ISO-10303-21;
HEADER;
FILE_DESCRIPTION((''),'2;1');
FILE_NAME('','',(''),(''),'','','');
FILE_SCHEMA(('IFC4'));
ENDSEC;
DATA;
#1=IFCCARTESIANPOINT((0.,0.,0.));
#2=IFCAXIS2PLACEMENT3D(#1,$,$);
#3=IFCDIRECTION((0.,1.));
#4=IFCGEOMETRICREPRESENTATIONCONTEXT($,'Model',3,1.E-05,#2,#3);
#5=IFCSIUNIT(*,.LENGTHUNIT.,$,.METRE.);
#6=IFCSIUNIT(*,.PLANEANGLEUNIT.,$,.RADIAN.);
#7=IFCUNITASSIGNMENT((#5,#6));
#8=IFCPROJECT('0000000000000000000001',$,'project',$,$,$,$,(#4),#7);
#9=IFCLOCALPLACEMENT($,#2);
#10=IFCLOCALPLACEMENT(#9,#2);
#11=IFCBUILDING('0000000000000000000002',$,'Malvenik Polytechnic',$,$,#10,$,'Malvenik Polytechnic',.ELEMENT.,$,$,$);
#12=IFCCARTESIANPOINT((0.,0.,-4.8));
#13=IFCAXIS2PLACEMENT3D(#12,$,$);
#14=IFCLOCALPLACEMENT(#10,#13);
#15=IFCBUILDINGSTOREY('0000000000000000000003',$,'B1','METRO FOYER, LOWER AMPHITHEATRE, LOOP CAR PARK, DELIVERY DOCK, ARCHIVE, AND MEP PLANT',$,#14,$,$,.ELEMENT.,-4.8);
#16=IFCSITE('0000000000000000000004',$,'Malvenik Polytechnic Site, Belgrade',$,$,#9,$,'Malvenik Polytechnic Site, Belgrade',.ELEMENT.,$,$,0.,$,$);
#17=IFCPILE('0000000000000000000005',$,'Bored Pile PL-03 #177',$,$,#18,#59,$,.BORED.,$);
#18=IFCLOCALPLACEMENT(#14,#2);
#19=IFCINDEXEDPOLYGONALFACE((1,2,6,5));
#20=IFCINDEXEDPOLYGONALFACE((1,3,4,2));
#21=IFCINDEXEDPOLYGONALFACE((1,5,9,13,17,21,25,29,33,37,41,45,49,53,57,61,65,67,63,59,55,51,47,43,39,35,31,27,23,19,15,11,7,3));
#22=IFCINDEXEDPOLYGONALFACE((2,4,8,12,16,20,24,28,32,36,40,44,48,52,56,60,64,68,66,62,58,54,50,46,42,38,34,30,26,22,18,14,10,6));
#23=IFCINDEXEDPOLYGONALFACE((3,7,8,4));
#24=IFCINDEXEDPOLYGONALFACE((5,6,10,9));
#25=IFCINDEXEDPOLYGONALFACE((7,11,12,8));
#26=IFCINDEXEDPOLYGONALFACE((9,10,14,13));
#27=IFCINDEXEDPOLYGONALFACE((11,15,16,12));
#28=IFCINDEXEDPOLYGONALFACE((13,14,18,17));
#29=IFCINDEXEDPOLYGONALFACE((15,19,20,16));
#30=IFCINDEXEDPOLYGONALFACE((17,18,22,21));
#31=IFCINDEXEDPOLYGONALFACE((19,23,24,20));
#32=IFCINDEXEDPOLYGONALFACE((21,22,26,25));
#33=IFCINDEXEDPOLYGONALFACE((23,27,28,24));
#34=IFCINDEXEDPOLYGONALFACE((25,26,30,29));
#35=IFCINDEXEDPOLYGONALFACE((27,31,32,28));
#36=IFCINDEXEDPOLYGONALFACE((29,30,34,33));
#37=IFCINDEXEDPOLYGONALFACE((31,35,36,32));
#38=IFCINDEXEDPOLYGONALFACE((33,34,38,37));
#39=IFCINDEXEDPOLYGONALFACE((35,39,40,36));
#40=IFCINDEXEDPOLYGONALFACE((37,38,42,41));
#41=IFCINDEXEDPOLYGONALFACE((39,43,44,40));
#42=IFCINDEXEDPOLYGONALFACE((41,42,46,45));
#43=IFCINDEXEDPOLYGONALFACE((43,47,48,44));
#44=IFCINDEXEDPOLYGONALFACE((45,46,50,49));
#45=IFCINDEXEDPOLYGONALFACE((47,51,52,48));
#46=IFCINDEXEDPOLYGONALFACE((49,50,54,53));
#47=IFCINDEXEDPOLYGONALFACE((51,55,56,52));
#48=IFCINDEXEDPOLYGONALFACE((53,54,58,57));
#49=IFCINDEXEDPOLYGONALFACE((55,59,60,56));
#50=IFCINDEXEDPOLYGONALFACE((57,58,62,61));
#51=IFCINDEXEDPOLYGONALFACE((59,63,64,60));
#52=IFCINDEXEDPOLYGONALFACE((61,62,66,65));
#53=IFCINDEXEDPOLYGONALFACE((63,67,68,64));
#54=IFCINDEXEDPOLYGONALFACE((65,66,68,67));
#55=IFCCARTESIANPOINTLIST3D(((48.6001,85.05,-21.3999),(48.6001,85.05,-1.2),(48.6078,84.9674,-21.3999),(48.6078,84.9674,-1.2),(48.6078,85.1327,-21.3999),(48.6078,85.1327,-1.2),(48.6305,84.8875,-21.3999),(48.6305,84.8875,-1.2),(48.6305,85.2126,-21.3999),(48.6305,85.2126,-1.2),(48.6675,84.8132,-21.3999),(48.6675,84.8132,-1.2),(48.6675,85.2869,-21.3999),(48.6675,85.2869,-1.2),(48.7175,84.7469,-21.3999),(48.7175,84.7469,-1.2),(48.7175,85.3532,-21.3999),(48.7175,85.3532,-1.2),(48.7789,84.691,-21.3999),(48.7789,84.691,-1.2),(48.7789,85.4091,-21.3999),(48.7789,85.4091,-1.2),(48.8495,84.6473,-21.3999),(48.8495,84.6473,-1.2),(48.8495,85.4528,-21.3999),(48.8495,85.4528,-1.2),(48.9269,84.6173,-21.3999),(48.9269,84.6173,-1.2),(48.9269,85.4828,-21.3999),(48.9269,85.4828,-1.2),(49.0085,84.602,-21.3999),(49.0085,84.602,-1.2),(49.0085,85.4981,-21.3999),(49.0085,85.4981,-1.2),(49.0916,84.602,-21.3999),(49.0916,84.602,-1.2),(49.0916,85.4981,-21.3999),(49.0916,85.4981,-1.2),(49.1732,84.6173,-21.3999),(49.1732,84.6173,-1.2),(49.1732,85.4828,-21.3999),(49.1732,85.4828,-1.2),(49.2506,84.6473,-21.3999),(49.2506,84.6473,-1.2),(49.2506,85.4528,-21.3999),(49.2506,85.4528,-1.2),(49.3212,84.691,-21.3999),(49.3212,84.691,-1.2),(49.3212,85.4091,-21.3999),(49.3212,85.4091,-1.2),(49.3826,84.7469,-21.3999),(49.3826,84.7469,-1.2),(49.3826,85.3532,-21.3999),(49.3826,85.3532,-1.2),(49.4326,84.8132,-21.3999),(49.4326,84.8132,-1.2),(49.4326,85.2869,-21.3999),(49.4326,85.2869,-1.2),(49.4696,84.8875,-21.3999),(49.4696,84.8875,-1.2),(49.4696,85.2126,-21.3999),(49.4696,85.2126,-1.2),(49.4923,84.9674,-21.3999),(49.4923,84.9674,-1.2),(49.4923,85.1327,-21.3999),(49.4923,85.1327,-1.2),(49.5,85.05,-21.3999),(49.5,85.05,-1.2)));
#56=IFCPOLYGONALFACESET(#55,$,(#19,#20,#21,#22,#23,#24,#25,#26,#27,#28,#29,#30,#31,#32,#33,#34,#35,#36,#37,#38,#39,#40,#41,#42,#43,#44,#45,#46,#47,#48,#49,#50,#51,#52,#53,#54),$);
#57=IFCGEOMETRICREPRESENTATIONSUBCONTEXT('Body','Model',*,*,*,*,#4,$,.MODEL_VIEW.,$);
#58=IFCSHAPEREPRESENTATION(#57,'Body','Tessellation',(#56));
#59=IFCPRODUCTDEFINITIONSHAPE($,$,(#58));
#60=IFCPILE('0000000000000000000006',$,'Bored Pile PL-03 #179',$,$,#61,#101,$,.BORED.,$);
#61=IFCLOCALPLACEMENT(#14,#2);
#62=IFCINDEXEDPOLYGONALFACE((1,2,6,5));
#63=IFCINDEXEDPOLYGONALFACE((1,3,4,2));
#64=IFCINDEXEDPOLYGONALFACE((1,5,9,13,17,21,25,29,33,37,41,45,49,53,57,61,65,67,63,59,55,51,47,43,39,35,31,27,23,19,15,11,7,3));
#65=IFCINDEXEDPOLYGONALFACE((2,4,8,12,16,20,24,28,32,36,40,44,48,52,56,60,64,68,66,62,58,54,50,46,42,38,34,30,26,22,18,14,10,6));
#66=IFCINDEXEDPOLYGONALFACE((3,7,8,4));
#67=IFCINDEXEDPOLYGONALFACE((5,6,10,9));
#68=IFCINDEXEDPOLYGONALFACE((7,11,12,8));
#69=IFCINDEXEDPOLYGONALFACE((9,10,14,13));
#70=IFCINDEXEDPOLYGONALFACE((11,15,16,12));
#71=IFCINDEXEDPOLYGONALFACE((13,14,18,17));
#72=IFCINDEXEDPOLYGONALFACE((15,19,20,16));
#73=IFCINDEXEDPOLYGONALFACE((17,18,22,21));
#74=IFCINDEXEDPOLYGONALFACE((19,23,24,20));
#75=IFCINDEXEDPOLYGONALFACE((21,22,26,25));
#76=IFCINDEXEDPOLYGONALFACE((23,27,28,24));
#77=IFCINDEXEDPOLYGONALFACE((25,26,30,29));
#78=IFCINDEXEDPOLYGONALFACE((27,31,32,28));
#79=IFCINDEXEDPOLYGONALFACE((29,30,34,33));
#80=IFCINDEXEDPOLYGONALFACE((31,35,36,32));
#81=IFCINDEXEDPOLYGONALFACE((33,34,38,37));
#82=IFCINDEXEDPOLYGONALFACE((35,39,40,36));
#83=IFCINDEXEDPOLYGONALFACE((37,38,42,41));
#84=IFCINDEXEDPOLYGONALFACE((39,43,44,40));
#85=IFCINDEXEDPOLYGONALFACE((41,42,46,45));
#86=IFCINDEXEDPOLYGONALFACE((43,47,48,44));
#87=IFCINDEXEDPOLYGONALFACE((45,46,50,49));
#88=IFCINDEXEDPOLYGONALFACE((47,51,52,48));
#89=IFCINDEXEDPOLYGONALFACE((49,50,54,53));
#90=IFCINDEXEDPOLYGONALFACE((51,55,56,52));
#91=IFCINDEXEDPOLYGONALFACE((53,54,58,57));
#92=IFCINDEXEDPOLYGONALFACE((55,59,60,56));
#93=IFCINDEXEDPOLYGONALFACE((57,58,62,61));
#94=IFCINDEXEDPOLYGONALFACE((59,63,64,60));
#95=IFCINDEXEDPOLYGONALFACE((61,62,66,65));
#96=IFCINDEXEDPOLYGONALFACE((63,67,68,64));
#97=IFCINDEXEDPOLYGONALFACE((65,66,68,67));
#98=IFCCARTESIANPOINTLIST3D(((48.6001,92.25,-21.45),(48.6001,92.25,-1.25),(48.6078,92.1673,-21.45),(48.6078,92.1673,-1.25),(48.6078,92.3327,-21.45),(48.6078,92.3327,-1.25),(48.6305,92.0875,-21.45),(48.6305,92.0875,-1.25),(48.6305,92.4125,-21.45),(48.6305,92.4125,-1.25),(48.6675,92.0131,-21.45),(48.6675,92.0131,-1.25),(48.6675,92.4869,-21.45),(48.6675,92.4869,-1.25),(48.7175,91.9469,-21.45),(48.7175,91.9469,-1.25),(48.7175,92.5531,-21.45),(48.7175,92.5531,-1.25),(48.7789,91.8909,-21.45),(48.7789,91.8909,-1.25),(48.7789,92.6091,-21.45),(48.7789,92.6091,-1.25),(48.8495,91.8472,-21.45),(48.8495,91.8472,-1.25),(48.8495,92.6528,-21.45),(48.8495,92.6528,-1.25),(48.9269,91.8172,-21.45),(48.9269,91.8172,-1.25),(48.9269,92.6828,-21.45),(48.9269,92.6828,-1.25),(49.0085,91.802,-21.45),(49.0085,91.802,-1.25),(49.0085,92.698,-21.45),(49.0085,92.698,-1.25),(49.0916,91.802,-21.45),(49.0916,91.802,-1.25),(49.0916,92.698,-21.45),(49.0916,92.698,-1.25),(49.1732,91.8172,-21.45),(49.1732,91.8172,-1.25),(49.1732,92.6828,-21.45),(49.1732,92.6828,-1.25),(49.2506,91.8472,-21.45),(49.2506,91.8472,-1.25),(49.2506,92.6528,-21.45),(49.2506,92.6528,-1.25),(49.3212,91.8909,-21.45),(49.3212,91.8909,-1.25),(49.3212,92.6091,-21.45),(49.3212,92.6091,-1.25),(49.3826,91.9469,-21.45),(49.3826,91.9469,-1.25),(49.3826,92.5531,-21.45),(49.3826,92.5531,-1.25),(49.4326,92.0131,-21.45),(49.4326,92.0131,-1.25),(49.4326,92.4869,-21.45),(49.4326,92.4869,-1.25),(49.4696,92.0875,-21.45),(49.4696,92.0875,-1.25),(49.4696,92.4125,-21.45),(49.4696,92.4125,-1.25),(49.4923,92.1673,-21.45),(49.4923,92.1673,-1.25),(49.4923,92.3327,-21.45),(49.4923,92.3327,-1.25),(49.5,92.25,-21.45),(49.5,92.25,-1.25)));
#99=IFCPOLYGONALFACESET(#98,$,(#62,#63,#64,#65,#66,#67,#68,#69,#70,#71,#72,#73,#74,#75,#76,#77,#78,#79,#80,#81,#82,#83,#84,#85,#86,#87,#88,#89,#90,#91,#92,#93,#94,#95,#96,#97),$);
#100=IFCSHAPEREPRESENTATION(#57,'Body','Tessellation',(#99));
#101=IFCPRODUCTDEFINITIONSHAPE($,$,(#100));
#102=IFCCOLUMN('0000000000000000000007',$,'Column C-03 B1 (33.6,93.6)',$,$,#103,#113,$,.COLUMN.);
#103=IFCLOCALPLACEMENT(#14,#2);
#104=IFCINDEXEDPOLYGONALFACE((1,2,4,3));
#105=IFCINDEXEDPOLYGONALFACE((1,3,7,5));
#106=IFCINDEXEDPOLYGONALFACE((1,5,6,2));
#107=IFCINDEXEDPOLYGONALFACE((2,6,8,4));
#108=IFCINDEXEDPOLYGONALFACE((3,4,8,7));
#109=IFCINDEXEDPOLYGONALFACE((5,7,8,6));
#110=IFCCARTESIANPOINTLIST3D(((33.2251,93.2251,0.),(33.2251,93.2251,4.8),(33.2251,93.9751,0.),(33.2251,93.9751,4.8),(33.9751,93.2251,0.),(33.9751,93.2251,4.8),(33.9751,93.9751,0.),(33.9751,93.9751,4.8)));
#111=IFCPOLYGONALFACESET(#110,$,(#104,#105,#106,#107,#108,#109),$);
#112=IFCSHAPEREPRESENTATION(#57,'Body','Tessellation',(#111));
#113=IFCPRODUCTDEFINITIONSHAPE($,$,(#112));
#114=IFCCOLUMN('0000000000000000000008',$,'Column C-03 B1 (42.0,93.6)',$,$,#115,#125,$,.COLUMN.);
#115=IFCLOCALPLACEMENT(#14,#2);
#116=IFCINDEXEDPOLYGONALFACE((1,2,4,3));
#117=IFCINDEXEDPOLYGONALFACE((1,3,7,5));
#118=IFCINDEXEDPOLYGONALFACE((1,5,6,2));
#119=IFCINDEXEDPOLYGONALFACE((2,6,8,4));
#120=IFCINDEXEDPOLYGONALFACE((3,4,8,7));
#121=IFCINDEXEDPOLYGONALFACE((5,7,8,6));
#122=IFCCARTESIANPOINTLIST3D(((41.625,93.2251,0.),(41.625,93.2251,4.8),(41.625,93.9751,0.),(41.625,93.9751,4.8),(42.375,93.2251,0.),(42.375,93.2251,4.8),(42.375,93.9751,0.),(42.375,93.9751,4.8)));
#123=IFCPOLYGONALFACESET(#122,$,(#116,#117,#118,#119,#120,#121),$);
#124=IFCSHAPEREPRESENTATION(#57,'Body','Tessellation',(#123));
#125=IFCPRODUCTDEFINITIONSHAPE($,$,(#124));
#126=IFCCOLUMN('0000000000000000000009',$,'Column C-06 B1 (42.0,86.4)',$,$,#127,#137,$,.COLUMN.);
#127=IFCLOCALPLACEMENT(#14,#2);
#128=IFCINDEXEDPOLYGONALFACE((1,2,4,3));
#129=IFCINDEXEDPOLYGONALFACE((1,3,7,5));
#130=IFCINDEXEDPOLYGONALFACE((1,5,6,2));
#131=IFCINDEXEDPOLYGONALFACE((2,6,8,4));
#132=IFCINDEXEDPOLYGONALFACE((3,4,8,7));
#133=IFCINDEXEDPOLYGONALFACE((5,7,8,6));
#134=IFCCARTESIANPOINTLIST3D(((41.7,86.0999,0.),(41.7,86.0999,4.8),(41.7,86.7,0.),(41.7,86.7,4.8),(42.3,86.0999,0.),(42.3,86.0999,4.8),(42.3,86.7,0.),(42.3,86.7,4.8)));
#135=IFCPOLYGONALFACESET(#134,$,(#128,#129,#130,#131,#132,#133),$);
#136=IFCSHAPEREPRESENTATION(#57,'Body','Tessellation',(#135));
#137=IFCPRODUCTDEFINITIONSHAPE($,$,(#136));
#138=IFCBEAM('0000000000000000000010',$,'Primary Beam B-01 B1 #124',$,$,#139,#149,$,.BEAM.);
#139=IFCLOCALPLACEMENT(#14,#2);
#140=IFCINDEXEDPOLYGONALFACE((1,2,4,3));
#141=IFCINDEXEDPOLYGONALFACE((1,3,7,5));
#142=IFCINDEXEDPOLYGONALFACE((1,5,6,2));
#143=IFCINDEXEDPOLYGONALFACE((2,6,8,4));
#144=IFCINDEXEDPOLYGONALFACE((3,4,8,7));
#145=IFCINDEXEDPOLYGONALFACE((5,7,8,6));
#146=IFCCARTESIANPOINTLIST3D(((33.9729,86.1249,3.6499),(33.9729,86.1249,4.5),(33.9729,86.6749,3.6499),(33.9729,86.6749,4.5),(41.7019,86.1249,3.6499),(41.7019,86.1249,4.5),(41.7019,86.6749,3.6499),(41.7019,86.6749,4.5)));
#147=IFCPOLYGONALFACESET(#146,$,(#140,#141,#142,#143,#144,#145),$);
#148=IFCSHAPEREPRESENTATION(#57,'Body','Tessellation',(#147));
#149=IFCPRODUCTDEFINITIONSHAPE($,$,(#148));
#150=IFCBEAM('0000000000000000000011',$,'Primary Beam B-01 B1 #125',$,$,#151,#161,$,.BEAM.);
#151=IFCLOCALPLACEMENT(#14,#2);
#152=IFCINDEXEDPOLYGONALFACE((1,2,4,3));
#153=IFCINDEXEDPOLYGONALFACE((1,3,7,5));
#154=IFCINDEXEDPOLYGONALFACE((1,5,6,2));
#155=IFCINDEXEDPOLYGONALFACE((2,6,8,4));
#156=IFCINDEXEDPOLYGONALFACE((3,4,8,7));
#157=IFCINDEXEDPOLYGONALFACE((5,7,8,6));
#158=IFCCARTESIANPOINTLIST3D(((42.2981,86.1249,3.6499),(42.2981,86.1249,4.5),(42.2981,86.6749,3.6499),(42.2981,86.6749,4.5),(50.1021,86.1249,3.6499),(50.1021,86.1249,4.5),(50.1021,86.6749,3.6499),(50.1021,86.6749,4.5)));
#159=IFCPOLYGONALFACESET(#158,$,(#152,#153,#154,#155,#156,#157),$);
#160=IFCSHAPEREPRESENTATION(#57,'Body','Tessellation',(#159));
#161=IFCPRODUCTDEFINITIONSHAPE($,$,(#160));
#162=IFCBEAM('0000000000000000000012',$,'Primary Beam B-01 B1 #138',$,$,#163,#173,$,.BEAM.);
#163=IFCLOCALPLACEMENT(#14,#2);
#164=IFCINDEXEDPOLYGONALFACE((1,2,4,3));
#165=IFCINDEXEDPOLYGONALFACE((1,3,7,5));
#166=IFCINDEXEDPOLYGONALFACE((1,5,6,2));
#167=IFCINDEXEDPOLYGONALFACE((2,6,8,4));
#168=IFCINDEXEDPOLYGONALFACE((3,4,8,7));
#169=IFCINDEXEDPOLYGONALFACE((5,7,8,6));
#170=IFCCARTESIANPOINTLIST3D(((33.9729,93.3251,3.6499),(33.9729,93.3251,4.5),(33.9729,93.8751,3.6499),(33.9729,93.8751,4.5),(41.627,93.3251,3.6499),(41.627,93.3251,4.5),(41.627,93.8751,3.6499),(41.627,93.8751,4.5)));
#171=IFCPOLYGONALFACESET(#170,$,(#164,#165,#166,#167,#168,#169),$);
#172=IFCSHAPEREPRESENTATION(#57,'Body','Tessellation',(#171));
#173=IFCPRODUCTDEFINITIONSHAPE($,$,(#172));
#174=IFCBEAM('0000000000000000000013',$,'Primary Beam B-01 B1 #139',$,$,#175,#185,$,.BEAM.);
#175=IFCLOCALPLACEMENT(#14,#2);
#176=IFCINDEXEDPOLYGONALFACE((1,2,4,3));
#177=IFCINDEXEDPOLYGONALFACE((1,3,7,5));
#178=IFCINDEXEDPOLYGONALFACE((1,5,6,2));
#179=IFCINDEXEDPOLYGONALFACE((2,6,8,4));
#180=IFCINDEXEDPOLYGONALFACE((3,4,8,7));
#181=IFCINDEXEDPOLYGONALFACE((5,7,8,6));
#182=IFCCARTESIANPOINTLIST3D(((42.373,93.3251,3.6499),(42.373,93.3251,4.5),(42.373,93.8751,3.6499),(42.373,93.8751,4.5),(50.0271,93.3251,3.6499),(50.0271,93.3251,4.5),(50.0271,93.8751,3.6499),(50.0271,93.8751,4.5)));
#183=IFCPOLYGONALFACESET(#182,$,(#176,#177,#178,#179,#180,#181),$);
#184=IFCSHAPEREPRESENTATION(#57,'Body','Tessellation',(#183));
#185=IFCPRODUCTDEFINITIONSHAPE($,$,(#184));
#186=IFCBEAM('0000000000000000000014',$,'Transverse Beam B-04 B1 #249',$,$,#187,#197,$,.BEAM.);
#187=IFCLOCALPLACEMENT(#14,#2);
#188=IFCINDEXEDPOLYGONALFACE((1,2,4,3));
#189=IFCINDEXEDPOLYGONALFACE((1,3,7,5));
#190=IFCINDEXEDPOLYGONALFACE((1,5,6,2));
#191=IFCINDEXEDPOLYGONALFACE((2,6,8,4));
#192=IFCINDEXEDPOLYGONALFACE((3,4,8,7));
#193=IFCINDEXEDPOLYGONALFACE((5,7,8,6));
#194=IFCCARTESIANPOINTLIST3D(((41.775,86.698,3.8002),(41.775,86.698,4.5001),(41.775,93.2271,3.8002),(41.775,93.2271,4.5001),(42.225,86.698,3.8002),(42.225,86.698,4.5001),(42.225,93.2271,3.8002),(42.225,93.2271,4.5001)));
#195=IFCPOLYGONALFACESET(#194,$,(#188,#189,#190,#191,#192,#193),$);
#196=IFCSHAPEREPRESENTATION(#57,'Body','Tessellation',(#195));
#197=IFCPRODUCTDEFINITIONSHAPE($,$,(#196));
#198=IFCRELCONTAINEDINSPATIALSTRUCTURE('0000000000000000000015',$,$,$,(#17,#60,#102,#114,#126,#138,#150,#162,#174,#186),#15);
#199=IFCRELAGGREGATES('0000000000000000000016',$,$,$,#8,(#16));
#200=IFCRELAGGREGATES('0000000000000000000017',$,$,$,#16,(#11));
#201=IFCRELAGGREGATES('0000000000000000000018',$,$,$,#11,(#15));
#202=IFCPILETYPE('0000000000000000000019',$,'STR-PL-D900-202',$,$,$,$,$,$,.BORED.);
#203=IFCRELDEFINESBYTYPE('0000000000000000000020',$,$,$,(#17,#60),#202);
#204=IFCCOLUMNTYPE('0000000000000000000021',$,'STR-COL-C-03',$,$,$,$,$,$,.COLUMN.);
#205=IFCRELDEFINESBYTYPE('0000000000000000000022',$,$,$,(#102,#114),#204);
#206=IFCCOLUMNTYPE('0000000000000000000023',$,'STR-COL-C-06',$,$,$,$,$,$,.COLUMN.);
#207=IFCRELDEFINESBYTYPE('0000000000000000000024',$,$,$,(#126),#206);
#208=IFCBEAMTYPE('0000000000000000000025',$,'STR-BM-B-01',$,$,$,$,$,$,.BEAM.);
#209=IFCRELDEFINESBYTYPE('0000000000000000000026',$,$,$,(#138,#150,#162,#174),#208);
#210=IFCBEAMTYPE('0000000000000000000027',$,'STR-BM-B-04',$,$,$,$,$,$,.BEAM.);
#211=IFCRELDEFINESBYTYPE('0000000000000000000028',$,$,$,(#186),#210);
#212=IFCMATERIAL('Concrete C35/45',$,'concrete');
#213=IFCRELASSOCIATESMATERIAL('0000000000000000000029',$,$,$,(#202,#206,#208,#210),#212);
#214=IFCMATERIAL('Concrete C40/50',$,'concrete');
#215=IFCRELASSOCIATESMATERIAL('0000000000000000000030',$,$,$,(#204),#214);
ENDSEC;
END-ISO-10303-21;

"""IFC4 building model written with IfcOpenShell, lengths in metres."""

from ifc_helpers import new_model, si_unit, direction, frame, origin, origin_2d, place, context, subcontext, project, spatial, rectangle, circle, extrude, material, material_profile, profile_set, type_object, element, save


model = new_model("IFC4")

# Units and contexts
model_context = context("Model", 3, precision=1e-05, world=origin(), true_north=direction((0.0, 1.0)))
body_context = subcontext(model_context, "Body", "Model", "MODEL_VIEW")
ifc_project = project(units=[si_unit("LENGTHUNIT", "METRE"), si_unit("PLANEANGLEUNIT", "RADIAN")], contexts=[model_context])

# Site, building, storey
site_placement = place(None, origin())
site = spatial("IfcSite", under=ifc_project, at=site_placement, Name="Malvenik Polytechnic Site, Belgrade", LongName="Malvenik Polytechnic Site, Belgrade", CompositionType="ELEMENT", RefElevation=0.0)
building_placement = place(site_placement, origin())
building = spatial("IfcBuilding", under=site, at=building_placement, Name="Malvenik Polytechnic", LongName="Malvenik Polytechnic", CompositionType="ELEMENT")
storey_placement = place(building_placement, frame((0.0, 0.0, -4.8)))
storey = spatial("IfcBuildingStorey", under=building, at=storey_placement, Name="B1", Description="METRO FOYER, LOWER AMPHITHEATRE, LOOP CAR PARK, DELIVERY DOCK, ARCHIVE, AND MEP PLANT", CompositionType="ELEMENT", Elevation=-4.8)

# Shared definitions
ifc_material_1 = material(Name="Concrete C35/45", Category="concrete")

# Piles
ifc_material_profile_1 = material_profile(ifc_material_1, circle(Radius=0.45, at=origin_2d()), Name="BORED PILE D900")
ifc_profile_set_1 = profile_set([ifc_material_profile_1], Name="Concrete C35/45")
pile_type_1 = type_object("IfcPileType", Name="STR-PL-D900-202", PredefinedType="BORED", material=ifc_profile_set_1)
for number, where, z_axis, x_axis, name in (
    (1, (49.05, 85.05, -1.2), (0.0, 0.0, -1.0), (1.0, 0.0, 0.0), "Bored Pile PL-03 #177"),
    (2, (49.05, 92.25, -1.25), (0.0, 0.0, -1.0), (1.0, 0.0, 0.0), "Bored Pile PL-03 #179"),
):
    element("IfcPile", number, at=place(storey_placement, frame(where, z_axis=z_axis, x_axis=x_axis)), inside=storey, type_object=pile_type_1, Name=name, PredefinedType="BORED", context=body_context, shape_type="SweptSolid", body=[
        extrude(circle(Radius=0.45, at=origin_2d()), origin(), (0.0, 0.0, 1.0), 20.2),
    ])

# Columns
ifc_material_2 = material(Name="Concrete C40/50", Category="concrete")
ifc_material_profile_2 = material_profile(ifc_material_2, rectangle(XDim=0.75, YDim=0.75, at=origin_2d()), Name="RC COL 750x750")
ifc_profile_set_2 = profile_set([ifc_material_profile_2], Name="Concrete C40/50")
column_type_1 = type_object("IfcColumnType", Name="STR-COL-C-03", PredefinedType="COLUMN", material=ifc_profile_set_2)
for number, where, z_axis, x_axis, name in (
    (3, (33.6001, 93.6001, 0.0), (0.0, 0.0, 1.0), (1.0, 0.0, 0.0), "Column C-03 B1 (33.6,93.6)"),
    (4, (42.0, 93.6001, 0.0), (0.0, 0.0, 1.0), (1.0, 0.0, 0.0), "Column C-03 B1 (42.0,93.6)"),
):
    element("IfcColumn", number, at=place(storey_placement, frame(where, z_axis=z_axis, x_axis=x_axis)), inside=storey, type_object=column_type_1, Name=name, PredefinedType="COLUMN", context=body_context, shape_type="SweptSolid", body=[
        extrude(rectangle(XDim=0.75, YDim=0.75, at=origin_2d()), origin(), (0.0, 0.0, 1.0), 4.8),
    ])
ifc_material_profile_3 = material_profile(ifc_material_1, rectangle(XDim=0.6001, YDim=0.6001, at=origin_2d()), Name="RC COL 600x600")
ifc_profile_set_3 = profile_set([ifc_material_profile_3], Name="Concrete C35/45")
column_type_2 = type_object("IfcColumnType", Name="STR-COL-C-06", PredefinedType="COLUMN", material=ifc_profile_set_3)
column_placement = place(storey_placement, frame((42.0, 86.3999, 0.0), z_axis=(0.0, 0.0, 1.0), x_axis=(1.0, 0.0, 0.0)))
element("IfcColumn", 5, at=column_placement, inside=storey, type_object=column_type_2, Name="Column C-06 B1 (42.0,86.4)", PredefinedType="COLUMN", context=body_context, shape_type="SweptSolid", body=[
    extrude(rectangle(XDim=0.6001, YDim=0.6001, at=origin_2d()), origin(), (0.0, 0.0, 1.0), 4.8),
])

# Beams
ifc_material_profile_4 = material_profile(ifc_material_1, rectangle(XDim=0.55, YDim=0.8501, at=origin_2d()), Name="RC BM 550x850")
ifc_profile_set_4 = profile_set([ifc_material_profile_4], Name="Concrete C35/45")
beam_type_1 = type_object("IfcBeamType", Name="STR-BM-B-01", PredefinedType="BEAM", material=ifc_profile_set_4)
beam_1_placement = place(storey_placement, frame((33.9729, 86.3999, 4.075), z_axis=(1.0, 0.0, 0.0), x_axis=(0.0, 1.0, 0.0)))
element("IfcBeam", 6, at=beam_1_placement, inside=storey, type_object=beam_type_1, Name="Primary Beam B-01 B1 #124", PredefinedType="BEAM", context=body_context, shape_type="SweptSolid", body=[
    extrude(rectangle(XDim=0.55, YDim=0.8501, at=origin_2d()), origin(), (0.0, 0.0, 1.0), 7.729),
])
beam_2_placement = place(storey_placement, frame((42.2981, 86.3999, 4.075), z_axis=(1.0, 0.0, 0.0), x_axis=(0.0, 1.0, 0.0)))
element("IfcBeam", 7, at=beam_2_placement, inside=storey, type_object=beam_type_1, Name="Primary Beam B-01 B1 #125", PredefinedType="BEAM", context=body_context, shape_type="SweptSolid", body=[
    extrude(rectangle(XDim=0.55, YDim=0.8501, at=origin_2d()), origin(), (0.0, 0.0, 1.0), 7.804),
])
for number, where, z_axis, x_axis, name in (
    (8, (33.9729, 93.6001, 4.075), (1.0, 0.0, 0.0), (0.0, 1.0, 0.0), "Primary Beam B-01 B1 #138"),
    (9, (42.373, 93.6001, 4.075), (1.0, 0.0, 0.0), (0.0, 1.0, 0.0), "Primary Beam B-01 B1 #139"),
):
    element("IfcBeam", number, at=place(storey_placement, frame(where, z_axis=z_axis, x_axis=x_axis)), inside=storey, type_object=beam_type_1, Name=name, PredefinedType="BEAM", context=body_context, shape_type="SweptSolid", body=[
        extrude(rectangle(XDim=0.55, YDim=0.8501, at=origin_2d()), origin(), (0.0, 0.0, 1.0), 7.6541),
    ])
ifc_material_profile_5 = material_profile(ifc_material_1, rectangle(XDim=0.45, YDim=0.7, at=origin_2d()), Name="RC BM 450x700")
ifc_profile_set_5 = profile_set([ifc_material_profile_5], Name="Concrete C35/45")
beam_type_2 = type_object("IfcBeamType", Name="STR-BM-B-04", PredefinedType="BEAM", material=ifc_profile_set_5)
beam_3_placement = place(storey_placement, frame((42.0, 86.698, 4.1501), z_axis=(0.0, 1.0, 0.0), x_axis=(-1.0, 0.0, 0.0)))
element("IfcBeam", 10, at=beam_3_placement, inside=storey, type_object=beam_type_2, Name="Transverse Beam B-04 B1 #249", PredefinedType="BEAM", context=body_context, shape_type="SweptSolid", body=[
    extrude(rectangle(XDim=0.45, YDim=0.7, at=origin_2d()), origin(), (0.0, 0.0, 1.0), 6.5291),
])

save(model, "model.ifc")
